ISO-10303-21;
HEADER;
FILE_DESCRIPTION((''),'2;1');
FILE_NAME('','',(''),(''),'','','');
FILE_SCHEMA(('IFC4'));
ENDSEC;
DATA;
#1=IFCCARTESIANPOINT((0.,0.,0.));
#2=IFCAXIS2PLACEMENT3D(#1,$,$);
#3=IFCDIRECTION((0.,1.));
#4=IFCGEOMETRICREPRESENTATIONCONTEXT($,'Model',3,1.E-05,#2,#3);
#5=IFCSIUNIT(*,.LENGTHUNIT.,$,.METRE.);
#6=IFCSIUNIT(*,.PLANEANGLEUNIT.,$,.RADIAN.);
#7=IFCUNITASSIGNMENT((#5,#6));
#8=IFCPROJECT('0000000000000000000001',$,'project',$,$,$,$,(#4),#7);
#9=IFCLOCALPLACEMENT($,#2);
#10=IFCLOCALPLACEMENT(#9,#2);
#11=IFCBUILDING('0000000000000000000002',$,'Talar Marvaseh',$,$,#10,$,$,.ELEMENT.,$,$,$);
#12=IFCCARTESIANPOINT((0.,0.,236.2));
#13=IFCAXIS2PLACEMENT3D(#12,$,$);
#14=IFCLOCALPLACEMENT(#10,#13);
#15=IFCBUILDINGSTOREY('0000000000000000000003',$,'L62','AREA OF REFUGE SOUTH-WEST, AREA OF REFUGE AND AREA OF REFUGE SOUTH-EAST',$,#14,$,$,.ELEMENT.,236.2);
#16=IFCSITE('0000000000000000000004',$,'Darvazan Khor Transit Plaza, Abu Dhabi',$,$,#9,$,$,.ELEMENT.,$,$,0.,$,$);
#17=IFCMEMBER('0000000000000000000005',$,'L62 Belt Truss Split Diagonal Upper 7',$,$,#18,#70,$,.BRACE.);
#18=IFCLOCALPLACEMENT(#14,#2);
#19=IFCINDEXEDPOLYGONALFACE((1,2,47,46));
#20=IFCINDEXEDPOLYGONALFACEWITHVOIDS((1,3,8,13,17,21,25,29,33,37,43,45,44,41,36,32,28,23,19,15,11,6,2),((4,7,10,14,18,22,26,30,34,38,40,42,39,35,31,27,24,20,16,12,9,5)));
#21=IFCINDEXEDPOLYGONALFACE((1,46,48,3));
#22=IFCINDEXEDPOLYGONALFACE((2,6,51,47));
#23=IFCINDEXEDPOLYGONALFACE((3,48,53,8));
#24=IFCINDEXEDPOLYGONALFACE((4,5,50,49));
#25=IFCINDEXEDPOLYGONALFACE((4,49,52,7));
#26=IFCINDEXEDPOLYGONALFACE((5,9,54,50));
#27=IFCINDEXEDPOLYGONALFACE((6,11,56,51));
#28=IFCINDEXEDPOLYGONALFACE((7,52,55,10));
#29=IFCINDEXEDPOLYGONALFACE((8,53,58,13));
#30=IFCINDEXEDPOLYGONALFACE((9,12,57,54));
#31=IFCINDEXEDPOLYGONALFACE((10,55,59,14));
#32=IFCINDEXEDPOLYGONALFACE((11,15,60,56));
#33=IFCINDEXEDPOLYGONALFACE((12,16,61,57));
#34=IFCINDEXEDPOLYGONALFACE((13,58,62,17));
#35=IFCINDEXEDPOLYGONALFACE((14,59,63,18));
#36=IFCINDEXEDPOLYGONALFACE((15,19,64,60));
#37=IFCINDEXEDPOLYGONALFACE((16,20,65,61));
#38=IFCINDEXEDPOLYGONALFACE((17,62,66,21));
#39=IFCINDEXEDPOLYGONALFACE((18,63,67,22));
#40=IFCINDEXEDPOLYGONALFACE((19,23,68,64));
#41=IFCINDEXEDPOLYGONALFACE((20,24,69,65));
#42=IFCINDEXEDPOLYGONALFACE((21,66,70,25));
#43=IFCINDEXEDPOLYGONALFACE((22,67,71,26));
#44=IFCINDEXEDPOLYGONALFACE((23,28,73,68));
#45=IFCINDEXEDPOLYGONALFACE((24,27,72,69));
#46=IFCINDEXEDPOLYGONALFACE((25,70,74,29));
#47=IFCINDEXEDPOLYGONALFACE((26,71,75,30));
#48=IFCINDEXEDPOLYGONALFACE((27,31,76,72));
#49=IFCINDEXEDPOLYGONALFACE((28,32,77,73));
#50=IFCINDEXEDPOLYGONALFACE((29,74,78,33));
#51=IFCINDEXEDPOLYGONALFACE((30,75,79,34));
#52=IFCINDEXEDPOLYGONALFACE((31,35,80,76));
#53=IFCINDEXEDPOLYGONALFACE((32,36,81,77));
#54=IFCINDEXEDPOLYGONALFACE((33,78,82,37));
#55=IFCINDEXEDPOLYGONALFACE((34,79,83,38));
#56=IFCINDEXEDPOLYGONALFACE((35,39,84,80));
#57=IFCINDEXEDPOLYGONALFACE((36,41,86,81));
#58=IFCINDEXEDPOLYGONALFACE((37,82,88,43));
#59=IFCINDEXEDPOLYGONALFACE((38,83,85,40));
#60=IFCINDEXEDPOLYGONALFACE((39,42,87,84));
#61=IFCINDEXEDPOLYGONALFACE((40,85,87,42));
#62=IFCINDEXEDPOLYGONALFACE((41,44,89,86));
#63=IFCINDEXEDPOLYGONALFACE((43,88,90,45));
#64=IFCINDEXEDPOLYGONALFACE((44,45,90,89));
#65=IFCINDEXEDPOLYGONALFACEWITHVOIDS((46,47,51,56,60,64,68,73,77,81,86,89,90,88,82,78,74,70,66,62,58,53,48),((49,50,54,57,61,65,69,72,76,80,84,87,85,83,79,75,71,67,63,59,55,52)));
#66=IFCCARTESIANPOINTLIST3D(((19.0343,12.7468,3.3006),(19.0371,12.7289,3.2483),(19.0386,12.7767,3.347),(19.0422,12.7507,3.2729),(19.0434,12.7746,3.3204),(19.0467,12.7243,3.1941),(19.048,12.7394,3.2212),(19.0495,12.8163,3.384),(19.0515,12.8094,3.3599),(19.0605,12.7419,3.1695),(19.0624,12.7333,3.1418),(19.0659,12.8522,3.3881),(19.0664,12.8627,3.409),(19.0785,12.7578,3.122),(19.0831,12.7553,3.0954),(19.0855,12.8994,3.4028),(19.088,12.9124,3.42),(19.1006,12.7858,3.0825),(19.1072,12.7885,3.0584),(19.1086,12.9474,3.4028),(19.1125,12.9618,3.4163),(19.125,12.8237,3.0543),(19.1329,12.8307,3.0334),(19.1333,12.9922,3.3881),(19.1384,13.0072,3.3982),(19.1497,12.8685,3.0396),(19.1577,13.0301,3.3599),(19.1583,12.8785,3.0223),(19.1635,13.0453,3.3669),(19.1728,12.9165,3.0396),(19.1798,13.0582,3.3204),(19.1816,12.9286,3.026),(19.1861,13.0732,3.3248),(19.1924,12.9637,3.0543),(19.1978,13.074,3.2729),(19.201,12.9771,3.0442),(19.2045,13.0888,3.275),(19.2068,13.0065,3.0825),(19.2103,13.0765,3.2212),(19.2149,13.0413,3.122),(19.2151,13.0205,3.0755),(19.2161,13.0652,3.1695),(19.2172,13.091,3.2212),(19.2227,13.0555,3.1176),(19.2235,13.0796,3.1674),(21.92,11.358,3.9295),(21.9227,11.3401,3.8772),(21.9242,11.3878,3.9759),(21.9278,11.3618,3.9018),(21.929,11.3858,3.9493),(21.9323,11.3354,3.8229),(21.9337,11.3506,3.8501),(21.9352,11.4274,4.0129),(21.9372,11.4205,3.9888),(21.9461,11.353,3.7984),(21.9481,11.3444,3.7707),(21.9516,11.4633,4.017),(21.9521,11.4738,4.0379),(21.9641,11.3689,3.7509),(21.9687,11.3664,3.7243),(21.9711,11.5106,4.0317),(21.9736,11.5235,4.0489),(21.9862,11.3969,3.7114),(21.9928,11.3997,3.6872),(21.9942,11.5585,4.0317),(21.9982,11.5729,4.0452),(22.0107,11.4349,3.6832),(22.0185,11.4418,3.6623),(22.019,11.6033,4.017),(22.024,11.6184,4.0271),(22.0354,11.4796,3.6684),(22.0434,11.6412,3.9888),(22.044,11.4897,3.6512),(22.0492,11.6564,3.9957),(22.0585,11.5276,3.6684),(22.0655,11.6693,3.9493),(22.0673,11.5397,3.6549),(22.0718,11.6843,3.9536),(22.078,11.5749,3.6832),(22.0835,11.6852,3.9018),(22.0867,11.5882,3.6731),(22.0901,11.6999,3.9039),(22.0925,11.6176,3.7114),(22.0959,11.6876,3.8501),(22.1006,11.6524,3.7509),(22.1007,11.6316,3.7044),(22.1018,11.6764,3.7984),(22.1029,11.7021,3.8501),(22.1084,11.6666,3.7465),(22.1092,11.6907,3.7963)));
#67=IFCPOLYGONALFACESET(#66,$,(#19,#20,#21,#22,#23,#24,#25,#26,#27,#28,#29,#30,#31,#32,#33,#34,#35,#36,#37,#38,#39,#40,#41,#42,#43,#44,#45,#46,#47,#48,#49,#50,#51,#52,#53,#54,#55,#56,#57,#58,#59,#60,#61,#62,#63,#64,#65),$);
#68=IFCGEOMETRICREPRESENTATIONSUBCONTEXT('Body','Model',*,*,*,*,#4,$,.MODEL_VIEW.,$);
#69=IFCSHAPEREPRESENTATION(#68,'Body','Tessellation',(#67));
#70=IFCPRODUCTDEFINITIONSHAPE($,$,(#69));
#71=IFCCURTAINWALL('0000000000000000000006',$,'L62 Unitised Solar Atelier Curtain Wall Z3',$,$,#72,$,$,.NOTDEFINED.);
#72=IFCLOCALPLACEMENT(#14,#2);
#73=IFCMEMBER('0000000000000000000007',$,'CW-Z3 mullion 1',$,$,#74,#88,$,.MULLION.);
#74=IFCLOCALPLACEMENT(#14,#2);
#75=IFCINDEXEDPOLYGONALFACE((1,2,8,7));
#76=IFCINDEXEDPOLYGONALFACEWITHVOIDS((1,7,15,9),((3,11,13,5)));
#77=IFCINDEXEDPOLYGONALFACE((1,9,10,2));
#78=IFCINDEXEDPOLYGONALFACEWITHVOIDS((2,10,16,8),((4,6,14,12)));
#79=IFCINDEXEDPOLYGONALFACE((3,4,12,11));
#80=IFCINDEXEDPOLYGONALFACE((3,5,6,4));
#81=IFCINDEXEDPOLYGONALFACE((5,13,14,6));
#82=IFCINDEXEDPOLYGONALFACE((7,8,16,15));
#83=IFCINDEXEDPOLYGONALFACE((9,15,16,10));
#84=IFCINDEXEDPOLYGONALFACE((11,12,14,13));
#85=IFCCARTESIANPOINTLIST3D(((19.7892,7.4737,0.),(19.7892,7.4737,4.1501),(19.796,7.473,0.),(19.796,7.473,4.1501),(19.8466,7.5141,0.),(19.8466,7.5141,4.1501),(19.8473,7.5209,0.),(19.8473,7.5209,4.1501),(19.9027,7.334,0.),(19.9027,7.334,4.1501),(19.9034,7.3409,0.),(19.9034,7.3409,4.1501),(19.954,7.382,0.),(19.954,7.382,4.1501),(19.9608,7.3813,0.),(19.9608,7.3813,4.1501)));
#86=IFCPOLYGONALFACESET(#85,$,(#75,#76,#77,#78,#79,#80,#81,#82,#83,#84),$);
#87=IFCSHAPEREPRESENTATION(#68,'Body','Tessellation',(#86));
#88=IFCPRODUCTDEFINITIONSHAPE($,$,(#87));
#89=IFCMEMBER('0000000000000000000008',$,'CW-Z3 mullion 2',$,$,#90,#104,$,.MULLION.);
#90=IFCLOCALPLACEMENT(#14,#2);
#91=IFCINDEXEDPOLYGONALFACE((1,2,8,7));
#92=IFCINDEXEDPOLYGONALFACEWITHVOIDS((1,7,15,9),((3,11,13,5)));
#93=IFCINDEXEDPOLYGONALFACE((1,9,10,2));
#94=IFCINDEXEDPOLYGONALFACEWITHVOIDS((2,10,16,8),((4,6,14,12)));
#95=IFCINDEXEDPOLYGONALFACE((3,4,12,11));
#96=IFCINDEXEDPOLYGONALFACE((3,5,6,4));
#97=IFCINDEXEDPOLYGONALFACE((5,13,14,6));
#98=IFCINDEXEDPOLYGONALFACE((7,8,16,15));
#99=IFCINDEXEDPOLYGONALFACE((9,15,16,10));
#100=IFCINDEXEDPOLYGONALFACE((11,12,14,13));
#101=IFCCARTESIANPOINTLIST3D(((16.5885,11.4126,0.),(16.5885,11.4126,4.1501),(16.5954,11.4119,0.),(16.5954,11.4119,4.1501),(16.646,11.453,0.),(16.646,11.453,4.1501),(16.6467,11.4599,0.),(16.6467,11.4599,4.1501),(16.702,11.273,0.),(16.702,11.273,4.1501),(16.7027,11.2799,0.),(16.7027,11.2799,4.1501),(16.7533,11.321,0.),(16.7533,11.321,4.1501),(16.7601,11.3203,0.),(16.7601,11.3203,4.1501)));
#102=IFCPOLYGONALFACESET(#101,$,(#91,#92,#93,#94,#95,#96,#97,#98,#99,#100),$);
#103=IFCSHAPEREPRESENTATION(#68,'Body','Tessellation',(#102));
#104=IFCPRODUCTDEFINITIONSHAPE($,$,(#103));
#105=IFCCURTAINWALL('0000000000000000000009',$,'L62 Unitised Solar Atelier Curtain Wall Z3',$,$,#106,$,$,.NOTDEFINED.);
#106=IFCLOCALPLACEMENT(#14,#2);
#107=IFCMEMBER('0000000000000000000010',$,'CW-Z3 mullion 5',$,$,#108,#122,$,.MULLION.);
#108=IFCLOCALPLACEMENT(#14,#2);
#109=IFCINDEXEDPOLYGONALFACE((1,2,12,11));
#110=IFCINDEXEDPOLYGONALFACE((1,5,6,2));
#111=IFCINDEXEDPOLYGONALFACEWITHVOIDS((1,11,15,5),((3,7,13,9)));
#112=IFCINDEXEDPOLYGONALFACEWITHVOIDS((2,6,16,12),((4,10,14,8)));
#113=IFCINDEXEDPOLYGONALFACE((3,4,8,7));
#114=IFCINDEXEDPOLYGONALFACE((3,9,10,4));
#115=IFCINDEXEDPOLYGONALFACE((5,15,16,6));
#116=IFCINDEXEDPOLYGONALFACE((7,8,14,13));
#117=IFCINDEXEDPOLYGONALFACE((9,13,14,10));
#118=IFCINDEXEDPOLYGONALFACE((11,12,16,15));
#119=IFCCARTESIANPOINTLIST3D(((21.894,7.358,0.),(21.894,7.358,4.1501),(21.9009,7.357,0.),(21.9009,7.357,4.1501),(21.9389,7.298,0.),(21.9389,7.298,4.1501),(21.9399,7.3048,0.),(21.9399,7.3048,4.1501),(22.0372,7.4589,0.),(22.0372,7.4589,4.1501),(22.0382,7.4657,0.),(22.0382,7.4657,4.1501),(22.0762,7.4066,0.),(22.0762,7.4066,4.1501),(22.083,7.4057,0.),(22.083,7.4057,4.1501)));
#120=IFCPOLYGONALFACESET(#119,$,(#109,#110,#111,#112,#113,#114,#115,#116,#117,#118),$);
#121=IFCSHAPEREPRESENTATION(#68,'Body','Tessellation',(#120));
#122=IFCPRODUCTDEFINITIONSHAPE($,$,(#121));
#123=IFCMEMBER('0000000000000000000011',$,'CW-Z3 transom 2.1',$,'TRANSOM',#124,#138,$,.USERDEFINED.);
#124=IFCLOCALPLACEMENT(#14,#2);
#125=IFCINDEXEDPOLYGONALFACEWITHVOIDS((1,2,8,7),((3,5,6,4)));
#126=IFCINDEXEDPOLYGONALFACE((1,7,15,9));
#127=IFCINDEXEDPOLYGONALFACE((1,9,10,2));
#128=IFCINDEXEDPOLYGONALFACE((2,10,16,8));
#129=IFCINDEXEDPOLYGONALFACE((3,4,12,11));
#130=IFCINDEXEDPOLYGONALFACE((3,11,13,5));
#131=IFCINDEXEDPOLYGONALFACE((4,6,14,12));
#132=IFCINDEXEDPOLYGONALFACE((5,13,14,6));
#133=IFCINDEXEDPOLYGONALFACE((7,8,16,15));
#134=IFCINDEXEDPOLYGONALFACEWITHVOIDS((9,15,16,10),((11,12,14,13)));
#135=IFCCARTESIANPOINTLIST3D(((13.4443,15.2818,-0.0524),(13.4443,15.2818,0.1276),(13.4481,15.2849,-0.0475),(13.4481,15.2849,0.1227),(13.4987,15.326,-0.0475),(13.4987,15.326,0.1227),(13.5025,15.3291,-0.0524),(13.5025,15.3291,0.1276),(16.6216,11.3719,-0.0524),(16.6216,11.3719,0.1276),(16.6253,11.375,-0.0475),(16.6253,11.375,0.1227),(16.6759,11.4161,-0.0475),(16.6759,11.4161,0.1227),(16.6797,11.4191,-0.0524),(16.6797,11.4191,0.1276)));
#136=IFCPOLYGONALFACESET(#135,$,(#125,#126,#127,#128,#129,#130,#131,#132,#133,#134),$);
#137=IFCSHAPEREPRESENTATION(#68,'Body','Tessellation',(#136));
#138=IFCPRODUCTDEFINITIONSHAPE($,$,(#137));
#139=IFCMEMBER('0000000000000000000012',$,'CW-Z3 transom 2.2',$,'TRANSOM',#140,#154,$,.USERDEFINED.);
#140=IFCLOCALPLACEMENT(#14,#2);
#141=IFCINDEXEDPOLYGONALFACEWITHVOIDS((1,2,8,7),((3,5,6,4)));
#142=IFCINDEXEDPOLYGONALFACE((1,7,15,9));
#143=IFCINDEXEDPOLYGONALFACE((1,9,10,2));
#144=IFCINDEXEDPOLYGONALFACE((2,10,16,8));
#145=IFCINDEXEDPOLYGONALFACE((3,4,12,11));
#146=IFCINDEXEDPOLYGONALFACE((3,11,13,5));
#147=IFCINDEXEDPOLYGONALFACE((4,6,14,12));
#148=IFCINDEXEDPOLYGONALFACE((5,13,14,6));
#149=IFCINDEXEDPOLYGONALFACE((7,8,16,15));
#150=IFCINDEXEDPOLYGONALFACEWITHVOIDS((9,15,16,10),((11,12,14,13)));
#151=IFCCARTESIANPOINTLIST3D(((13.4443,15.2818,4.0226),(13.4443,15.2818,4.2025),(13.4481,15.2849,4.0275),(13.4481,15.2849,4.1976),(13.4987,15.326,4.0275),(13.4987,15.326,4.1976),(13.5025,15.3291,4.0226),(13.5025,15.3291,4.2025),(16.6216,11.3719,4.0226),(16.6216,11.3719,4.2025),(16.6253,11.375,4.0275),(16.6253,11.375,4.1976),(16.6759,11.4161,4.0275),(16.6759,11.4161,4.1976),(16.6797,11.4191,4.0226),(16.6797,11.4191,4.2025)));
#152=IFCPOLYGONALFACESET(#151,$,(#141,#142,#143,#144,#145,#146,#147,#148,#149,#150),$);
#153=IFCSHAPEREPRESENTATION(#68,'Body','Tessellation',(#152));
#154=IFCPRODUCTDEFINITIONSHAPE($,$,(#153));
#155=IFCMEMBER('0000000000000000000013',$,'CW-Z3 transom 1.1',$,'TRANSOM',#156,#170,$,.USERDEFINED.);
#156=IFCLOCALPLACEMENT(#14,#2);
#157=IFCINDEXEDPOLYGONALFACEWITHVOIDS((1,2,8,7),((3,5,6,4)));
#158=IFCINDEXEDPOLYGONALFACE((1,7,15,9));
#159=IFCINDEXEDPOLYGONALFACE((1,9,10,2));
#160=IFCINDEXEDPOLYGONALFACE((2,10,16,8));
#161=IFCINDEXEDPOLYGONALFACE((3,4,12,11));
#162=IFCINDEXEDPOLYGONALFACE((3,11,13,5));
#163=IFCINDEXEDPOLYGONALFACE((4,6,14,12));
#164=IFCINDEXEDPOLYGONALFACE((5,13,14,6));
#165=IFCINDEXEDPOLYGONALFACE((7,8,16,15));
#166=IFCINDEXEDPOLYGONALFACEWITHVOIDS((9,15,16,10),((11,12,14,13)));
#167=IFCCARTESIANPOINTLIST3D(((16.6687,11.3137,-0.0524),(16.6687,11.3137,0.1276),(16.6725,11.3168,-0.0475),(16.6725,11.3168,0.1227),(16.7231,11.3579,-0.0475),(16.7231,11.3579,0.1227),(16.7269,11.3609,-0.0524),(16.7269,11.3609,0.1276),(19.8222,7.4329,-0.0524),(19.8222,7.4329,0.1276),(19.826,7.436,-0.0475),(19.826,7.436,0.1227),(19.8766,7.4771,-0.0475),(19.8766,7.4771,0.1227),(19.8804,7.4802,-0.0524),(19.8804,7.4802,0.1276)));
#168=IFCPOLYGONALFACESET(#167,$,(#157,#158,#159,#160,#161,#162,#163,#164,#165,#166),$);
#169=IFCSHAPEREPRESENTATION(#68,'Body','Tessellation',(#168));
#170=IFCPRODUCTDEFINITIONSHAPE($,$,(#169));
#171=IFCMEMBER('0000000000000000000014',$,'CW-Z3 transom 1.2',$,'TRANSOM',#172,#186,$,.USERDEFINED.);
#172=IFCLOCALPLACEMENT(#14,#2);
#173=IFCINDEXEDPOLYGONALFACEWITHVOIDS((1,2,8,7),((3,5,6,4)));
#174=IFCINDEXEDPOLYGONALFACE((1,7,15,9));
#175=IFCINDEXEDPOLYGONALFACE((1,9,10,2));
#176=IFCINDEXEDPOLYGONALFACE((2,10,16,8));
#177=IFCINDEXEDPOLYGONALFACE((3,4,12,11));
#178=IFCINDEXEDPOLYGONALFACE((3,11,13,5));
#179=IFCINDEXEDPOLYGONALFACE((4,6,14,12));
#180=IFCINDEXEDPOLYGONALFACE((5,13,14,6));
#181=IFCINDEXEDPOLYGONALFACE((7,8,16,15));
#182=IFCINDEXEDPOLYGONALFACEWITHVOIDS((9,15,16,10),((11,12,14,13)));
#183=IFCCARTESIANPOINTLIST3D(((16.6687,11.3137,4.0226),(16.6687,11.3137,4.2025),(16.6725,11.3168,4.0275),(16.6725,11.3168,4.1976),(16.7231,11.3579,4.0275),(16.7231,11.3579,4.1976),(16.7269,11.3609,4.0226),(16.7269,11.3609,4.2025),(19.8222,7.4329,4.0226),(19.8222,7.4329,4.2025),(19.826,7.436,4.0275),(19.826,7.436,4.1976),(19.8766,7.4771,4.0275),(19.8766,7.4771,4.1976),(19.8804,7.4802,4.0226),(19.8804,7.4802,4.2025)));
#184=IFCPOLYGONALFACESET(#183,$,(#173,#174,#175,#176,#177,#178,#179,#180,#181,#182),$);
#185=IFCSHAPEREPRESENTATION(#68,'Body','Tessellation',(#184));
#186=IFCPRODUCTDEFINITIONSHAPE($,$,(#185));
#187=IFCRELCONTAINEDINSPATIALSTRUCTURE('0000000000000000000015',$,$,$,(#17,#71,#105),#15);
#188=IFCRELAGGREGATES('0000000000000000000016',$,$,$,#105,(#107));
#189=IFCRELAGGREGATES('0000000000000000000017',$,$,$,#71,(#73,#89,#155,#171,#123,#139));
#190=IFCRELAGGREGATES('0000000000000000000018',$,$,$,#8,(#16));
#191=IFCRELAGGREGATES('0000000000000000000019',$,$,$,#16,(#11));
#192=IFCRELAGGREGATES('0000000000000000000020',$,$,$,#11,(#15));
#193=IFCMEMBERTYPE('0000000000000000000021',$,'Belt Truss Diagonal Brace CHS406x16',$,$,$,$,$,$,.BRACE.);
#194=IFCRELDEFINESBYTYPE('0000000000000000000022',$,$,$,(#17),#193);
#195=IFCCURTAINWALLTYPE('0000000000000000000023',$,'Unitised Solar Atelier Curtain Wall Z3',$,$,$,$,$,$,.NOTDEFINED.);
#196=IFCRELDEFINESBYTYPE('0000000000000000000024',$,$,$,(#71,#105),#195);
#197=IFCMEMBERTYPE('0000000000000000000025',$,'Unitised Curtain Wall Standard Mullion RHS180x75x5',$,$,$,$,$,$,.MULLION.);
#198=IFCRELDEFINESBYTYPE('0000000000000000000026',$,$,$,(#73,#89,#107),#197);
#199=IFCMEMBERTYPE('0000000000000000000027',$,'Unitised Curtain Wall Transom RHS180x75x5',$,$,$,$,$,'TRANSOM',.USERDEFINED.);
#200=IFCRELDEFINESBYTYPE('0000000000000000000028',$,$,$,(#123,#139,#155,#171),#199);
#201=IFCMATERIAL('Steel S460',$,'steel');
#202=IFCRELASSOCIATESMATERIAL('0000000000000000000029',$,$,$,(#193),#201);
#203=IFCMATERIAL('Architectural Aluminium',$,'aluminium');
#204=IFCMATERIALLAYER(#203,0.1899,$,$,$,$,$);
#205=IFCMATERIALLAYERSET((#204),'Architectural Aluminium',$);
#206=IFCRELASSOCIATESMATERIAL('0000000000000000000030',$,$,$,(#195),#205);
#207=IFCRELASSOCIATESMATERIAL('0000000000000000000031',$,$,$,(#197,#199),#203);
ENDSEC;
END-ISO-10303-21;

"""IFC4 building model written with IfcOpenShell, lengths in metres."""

from ifc_helpers import new_model, si_unit, direction, frame, origin, origin_2d, place, context, subcontext, project, spatial, hollow_rectangle, hollow_circle, extrude, source, transform, mapped, material, layer, layer_set, material_profile, profile_set, type_object, type_shapes, element, aggregate, save


model = new_model("IFC4")

# Units and contexts
model_context = context("Model", 3, precision=1e-05, world=origin(), true_north=direction((0.0, 1.0)))
body_context = subcontext(model_context, "Body", "Model", "MODEL_VIEW")
ifc_project = project(units=[si_unit("LENGTHUNIT", "METRE"), si_unit("PLANEANGLEUNIT", "RADIAN")], contexts=[model_context])

# Site, building, storey
site_placement = place(None, origin())
site = spatial("IfcSite", under=ifc_project, at=site_placement, Name="Darvazan Khor Transit Plaza, Abu Dhabi", CompositionType="ELEMENT", RefElevation=0.0)
building_placement = place(site_placement, origin())
building = spatial("IfcBuilding", under=site, at=building_placement, Name="Talar Marvaseh", CompositionType="ELEMENT")
storey_placement = place(building_placement, frame((0.0, 0.0, 236.2)))
storey = spatial("IfcBuildingStorey", under=building, at=storey_placement, Name="L62", Description="AREA OF REFUGE SOUTH-WEST, AREA OF REFUGE AND AREA OF REFUGE SOUTH-EAST", CompositionType="ELEMENT", Elevation=236.2)

# Shared definitions
ifc_material_1 = material(Name="Steel S460", Category="steel")

# Member
ifc_material_profile_1 = material_profile(ifc_material_1, hollow_circle(Radius=0.2031, WallThickness=0.0161, at=origin_2d()), Name="CHS406x16")
ifc_profile_set_1 = profile_set([ifc_material_profile_1], Name="Steel S460")
member_type_1 = type_object("IfcMemberType", Name="Belt Truss Diagonal Brace CHS406x16", PredefinedType="BRACE", material=ifc_profile_set_1)
shared_shape_1 = source(origin(), body_context, "Body", "SweptSolid", [
    extrude(hollow_circle(Radius=0.2031, WallThickness=0.0161, at=origin_2d()), origin(), (0.0, 0.0, 1.0), 3.2637),
])
member_1_placement = place(storey_placement, frame((19.1292, 12.908, 3.2212), z_axis=(0.884178, -0.425557, 0.192694), x_axis=(0.433685, 0.901065, 0.0)))
element("IfcMember", 1, at=member_1_placement, inside=storey, type_object=member_type_1, Name="L62 Belt Truss Split Diagonal Upper 7", PredefinedType="BRACE", context=body_context, shape_type="MappedRepresentation", body=[
    mapped(shared_shape_1, transform((0.0, 0.0, 0.0), x_axis=(1.0, 0.0, 0.0), y_axis=(0.0, 1.0, 0.0), z_axis=(0.0, 0.0, 1.0), scale=1.0)),
])

# Curtain wall, members
ifc_material_2 = material(Name="Architectural Aluminium", Category="aluminium")
ifc_layer_1 = layer(ifc_material_2, 0.1899)
ifc_layer_set_1 = layer_set([ifc_layer_1], Name="Architectural Aluminium")
curtain_wall_type = type_object("IfcCurtainWallType", Name="Unitised Solar Atelier Curtain Wall Z3", PredefinedType="NOTDEFINED", material=ifc_layer_set_1)
curtain_wall_1_placement = place(storey_placement, origin())
curtain_wall_1 = element("IfcCurtainWall", 2, at=curtain_wall_1_placement, inside=storey, type_object=curtain_wall_type, Name="L62 Unitised Solar Atelier Curtain Wall Z3", PredefinedType="NOTDEFINED")
ifc_material_profile_2 = material_profile(ifc_material_2, hollow_rectangle(XDim=0.075, YDim=0.1799, WallThickness=0.0049, at=origin_2d()), Name="RHS180x75x5")
ifc_profile_set_2 = profile_set([ifc_material_profile_2], Name="Architectural Aluminium")
member_type_2 = type_object("IfcMemberType", Name="Unitised Curtain Wall Standard Mullion RHS180x75x5", PredefinedType="MULLION", material=ifc_profile_set_2)
shared_shape_2 = source(origin(), body_context, "Body", "SweptSolid", [
    extrude(hollow_rectangle(XDim=0.075, YDim=0.1799, WallThickness=0.0049, at=origin_2d()), origin(), (0.0, 0.0, 1.0), 4.1501),
])
type_shapes(member_type_2, [shared_shape_2])
member_2_placement = place(storey_placement, frame((19.875, 7.4275, 0.0), z_axis=(0.0, 0.0, 1.0), x_axis=(-0.776086, -0.630627, 0.0)))
member_2 = element("IfcMember", 3, at=member_2_placement, type_object=member_type_2, Name="CW-Z3 mullion 1", PredefinedType="MULLION", context=body_context, shape_type="MappedRepresentation", body=[
    mapped(shared_shape_2, transform((0.0, 0.0, 0.0), x_axis=(1.0, 0.0, 0.0), y_axis=(0.0, 1.0, 0.0), z_axis=(0.0, 0.0, 1.0), scale=1.0)),
])
member_3_placement = place(storey_placement, frame((16.6743, 11.3665, 0.0), z_axis=(0.0, 0.0, 1.0), x_axis=(-0.776086, -0.630627, 0.0)))
member_3 = element("IfcMember", 4, at=member_3_placement, type_object=member_type_2, Name="CW-Z3 mullion 2", PredefinedType="MULLION", context=body_context, shape_type="MappedRepresentation", body=[
    mapped(shared_shape_2, transform((0.0, 0.0, 0.0), x_axis=(1.0, 0.0, 0.0), y_axis=(0.0, 1.0, 0.0), z_axis=(0.0, 0.0, 1.0), scale=1.0)),
])

# Curtain wall, member
curtain_wall_2_placement = place(storey_placement, origin())
curtain_wall_2 = element("IfcCurtainWall", 5, at=curtain_wall_2_placement, inside=storey, type_object=curtain_wall_type, Name="L62 Unitised Solar Atelier Curtain Wall Z3", PredefinedType="NOTDEFINED")
member_4_placement = place(storey_placement, frame((21.9885, 7.3818, 0.0), z_axis=(0.0, 0.0, 1.0), x_axis=(0.598448, -0.801162, 0.0)))
member_4 = element("IfcMember", 6, at=member_4_placement, type_object=member_type_2, Name="CW-Z3 mullion 5", PredefinedType="MULLION", context=body_context, shape_type="MappedRepresentation", body=[
    mapped(shared_shape_2, transform((0.0, 0.0, 0.0), x_axis=(1.0, 0.0, 0.0), y_axis=(0.0, 1.0, 0.0), z_axis=(0.0, 0.0, 1.0), scale=1.0)),
])
aggregate(curtain_wall_2, [member_4])

# Members
ifc_material_profile_3 = material_profile(ifc_material_2, hollow_rectangle(XDim=0.075, YDim=0.1799, WallThickness=0.0049, at=origin_2d()), Name="RHS180x75x5")
ifc_profile_set_3 = profile_set([ifc_material_profile_3], Name="Architectural Aluminium")
member_type_3 = type_object("IfcMemberType", Name="Unitised Curtain Wall Transom RHS180x75x5", ElementType="TRANSOM", PredefinedType="USERDEFINED", material=ifc_profile_set_3)
shared_shape_3 = source(origin(), body_context, "Body", "SweptSolid", [
    extrude(hollow_rectangle(XDim=0.075, YDim=0.1799, WallThickness=0.0049, at=origin_2d()), origin(), (0.0, 0.0, 1.0), 5.0381),
])
member_5_placement = place(storey_placement, frame((16.6506, 11.3955, 0.0376), z_axis=(-0.630646, 0.776071, 0.0), x_axis=(-0.776071, -0.630646, 0.0)))
member_5 = element("IfcMember", 7, at=member_5_placement, type_object=member_type_3, Name="CW-Z3 transom 2.1", ObjectType="TRANSOM", PredefinedType="USERDEFINED", context=body_context, shape_type="MappedRepresentation", body=[
    mapped(shared_shape_3, transform((0.0, 0.0, 0.0), x_axis=(1.0, 0.0, 0.0), y_axis=(0.0, 1.0, 0.0), z_axis=(0.0, 0.0, 1.0), scale=1.0)),
])
member_6_placement = place(storey_placement, frame((16.6506, 11.3955, 4.1125), z_axis=(-0.630646, 0.776071, 0.0), x_axis=(-0.776071, -0.630646, 0.0)))
member_6 = element("IfcMember", 8, at=member_6_placement, type_object=member_type_3, Name="CW-Z3 transom 2.2", ObjectType="TRANSOM", PredefinedType="USERDEFINED", context=body_context, shape_type="MappedRepresentation", body=[
    mapped(shared_shape_3, transform((0.0, 0.0, 0.0), x_axis=(1.0, 0.0, 0.0), y_axis=(0.0, 1.0, 0.0), z_axis=(0.0, 0.0, 1.0), scale=1.0)),
])
shared_shape_4 = source(origin(), body_context, "Body", "SweptSolid", [
    extrude(hollow_rectangle(XDim=0.075, YDim=0.1799, WallThickness=0.0049, at=origin_2d()), origin(), (0.0, 0.0, 1.0), 5.0005),
])
type_shapes(member_type_3, [shared_shape_3, shared_shape_4])
member_7_placement = place(storey_placement, frame((19.8513, 7.4565, 0.0376), z_axis=(-0.630637, 0.776078, 0.0), x_axis=(-0.776078, -0.630637, 0.0)))
member_7 = element("IfcMember", 9, at=member_7_placement, type_object=member_type_3, Name="CW-Z3 transom 1.1", ObjectType="TRANSOM", PredefinedType="USERDEFINED", context=body_context, shape_type="MappedRepresentation", body=[
    mapped(shared_shape_4, transform((0.0, 0.0, 0.0), x_axis=(1.0, 0.0, 0.0), y_axis=(0.0, 1.0, 0.0), z_axis=(0.0, 0.0, 1.0), scale=1.0)),
])
member_8_placement = place(storey_placement, frame((19.8513, 7.4565, 4.1125), z_axis=(-0.630637, 0.776078, 0.0), x_axis=(-0.776078, -0.630637, 0.0)))
member_8 = element("IfcMember", 10, at=member_8_placement, type_object=member_type_3, Name="CW-Z3 transom 1.2", ObjectType="TRANSOM", PredefinedType="USERDEFINED", context=body_context, shape_type="MappedRepresentation", body=[
    mapped(shared_shape_4, transform((0.0, 0.0, 0.0), x_axis=(1.0, 0.0, 0.0), y_axis=(0.0, 1.0, 0.0), z_axis=(0.0, 0.0, 1.0), scale=1.0)),
])

aggregate(curtain_wall_1, [member_2, member_3, member_7, member_8, member_5, member_6])

save(model, "model.ifc")
